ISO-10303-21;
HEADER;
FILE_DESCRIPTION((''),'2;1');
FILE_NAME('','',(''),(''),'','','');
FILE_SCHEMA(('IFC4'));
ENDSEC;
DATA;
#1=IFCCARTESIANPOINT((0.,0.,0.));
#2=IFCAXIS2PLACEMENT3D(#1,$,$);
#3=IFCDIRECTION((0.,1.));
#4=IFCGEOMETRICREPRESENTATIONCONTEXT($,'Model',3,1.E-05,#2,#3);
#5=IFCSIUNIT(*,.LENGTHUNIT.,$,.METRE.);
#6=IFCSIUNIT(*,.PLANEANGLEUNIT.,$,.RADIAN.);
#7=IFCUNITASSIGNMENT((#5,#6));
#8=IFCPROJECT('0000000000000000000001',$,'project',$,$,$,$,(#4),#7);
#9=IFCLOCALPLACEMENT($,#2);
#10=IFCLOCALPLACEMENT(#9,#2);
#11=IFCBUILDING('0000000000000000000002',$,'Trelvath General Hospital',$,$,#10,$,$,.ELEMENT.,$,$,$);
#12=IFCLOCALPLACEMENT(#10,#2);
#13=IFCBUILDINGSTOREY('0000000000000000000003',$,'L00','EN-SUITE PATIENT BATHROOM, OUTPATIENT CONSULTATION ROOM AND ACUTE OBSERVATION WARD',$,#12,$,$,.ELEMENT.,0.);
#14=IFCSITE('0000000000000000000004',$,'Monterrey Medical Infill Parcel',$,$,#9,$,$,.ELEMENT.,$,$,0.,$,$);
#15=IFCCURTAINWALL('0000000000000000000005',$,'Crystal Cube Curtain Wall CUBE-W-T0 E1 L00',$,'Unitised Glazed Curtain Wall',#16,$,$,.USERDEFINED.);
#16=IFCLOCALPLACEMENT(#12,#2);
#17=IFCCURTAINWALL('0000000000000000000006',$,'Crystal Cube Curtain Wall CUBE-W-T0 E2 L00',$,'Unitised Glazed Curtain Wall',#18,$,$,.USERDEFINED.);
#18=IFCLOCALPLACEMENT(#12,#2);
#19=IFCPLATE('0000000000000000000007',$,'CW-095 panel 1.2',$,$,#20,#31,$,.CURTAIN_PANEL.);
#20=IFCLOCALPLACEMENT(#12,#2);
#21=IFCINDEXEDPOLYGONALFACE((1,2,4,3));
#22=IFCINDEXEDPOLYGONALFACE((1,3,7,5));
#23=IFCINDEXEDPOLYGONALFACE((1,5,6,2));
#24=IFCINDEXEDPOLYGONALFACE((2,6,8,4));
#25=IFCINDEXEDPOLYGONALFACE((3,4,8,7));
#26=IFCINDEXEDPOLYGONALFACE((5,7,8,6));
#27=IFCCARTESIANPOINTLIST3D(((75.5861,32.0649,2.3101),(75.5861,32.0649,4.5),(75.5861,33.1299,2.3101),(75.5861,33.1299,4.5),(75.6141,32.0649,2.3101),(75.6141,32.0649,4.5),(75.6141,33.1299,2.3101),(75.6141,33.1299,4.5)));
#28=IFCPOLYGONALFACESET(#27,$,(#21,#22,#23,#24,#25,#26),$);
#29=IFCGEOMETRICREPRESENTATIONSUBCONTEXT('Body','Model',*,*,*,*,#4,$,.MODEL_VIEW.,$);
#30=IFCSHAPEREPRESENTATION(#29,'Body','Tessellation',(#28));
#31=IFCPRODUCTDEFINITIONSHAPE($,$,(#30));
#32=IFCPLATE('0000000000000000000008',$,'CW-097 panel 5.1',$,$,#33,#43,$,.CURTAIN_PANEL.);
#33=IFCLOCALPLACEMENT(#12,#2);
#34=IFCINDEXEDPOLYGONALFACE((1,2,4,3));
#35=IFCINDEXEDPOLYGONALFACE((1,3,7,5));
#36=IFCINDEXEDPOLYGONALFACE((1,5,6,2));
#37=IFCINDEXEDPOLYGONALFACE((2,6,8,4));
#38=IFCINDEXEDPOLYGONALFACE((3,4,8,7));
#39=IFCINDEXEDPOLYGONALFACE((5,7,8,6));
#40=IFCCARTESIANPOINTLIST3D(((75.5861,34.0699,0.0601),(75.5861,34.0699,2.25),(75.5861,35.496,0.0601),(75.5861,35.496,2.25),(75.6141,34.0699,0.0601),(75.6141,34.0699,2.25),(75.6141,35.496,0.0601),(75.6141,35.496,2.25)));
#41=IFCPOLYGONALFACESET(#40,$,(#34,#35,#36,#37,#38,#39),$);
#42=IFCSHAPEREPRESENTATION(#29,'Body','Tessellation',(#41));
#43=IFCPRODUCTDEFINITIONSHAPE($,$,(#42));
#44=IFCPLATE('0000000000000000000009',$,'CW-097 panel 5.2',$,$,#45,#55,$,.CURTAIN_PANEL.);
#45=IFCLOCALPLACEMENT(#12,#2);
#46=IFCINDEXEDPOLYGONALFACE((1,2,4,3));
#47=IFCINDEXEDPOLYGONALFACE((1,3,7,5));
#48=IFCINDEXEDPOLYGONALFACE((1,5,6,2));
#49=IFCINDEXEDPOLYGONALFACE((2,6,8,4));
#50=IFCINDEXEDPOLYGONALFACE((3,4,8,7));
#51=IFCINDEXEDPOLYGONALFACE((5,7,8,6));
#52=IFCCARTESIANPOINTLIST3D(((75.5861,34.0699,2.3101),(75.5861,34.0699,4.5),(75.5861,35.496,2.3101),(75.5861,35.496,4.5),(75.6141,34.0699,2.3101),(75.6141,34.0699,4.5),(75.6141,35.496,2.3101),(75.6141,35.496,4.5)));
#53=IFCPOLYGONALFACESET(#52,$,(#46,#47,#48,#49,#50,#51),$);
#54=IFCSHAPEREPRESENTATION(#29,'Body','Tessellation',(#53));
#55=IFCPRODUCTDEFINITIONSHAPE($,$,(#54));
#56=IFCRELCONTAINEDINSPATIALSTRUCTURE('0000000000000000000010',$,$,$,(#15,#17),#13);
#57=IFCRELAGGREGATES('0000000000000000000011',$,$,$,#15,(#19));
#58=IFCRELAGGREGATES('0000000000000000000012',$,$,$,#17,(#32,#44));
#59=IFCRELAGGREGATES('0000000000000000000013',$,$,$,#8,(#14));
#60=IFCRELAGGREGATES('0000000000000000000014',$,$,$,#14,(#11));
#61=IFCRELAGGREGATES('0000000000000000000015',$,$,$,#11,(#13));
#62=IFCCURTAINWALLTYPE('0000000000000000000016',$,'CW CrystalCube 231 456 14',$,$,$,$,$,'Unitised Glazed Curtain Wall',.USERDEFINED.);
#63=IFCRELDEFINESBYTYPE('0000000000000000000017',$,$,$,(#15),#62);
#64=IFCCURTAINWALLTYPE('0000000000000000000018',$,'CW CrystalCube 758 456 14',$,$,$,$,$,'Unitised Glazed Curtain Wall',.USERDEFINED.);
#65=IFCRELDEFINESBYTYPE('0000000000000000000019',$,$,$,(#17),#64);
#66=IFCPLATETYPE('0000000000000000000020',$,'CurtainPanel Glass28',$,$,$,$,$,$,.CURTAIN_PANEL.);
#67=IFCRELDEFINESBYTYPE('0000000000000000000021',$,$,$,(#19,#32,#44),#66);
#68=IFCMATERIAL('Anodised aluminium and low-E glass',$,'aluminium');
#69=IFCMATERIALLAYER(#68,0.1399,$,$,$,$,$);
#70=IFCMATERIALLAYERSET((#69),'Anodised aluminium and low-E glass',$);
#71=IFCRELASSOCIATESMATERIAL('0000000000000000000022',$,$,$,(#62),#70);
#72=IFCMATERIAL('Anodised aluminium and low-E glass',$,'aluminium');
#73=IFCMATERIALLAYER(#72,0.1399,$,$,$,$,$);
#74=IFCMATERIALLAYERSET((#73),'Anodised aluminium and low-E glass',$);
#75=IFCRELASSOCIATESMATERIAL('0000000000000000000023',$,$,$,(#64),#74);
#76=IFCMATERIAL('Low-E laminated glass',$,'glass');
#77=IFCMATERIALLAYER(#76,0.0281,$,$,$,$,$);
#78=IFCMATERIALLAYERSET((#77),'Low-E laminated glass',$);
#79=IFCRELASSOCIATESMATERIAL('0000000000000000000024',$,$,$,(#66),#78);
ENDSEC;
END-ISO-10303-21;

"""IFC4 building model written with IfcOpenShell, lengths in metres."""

from ifc_helpers import new_model, si_unit, direction, frame, origin, origin_2d, place, context, subcontext, project, spatial, rectangle, extrude, material, layer, layer_set, type_object, element, aggregate, save


model = new_model("IFC4")

# Units and contexts
model_context = context("Model", 3, precision=1e-05, world=origin(), true_north=direction((0.0, 1.0)))
body_context = subcontext(model_context, "Body", "Model", "MODEL_VIEW")
ifc_project = project(units=[si_unit("LENGTHUNIT", "METRE"), si_unit("PLANEANGLEUNIT", "RADIAN")], contexts=[model_context])

# Site, building, storey
site_placement = place(None, origin())
site = spatial("IfcSite", under=ifc_project, at=site_placement, Name="Monterrey Medical Infill Parcel", CompositionType="ELEMENT", RefElevation=0.0)
building_placement = place(site_placement, origin())
building = spatial("IfcBuilding", under=site, at=building_placement, Name="Trelvath General Hospital", CompositionType="ELEMENT")
storey_placement = place(building_placement, origin())
storey = spatial("IfcBuildingStorey", under=building, at=storey_placement, Name="L00", Description="EN-SUITE PATIENT BATHROOM, OUTPATIENT CONSULTATION ROOM AND ACUTE OBSERVATION WARD", CompositionType="ELEMENT", Elevation=0.0)

# Curtain walls
ifc_material_1 = material(Name="Anodised aluminium and low-E glass", Category="aluminium")
ifc_layer_1 = layer(ifc_material_1, 0.1399)
ifc_layer_set_1 = layer_set([ifc_layer_1], Name="Anodised aluminium and low-E glass")
curtain_wall_type_1 = type_object("IfcCurtainWallType", Name="CW CrystalCube 231 456 14", ElementType="Unitised Glazed Curtain Wall", PredefinedType="USERDEFINED", material=ifc_layer_set_1)
curtain_wall_1_placement = place(storey_placement, origin())
curtain_wall_1 = element("IfcCurtainWall", 1, at=curtain_wall_1_placement, inside=storey, type_object=curtain_wall_type_1, Name="Crystal Cube Curtain Wall CUBE-W-T0 E1 L00", ObjectType="Unitised Glazed Curtain Wall", PredefinedType="USERDEFINED")
ifc_material_2 = material(Name="Anodised aluminium and low-E glass", Category="aluminium")
ifc_layer_2 = layer(ifc_material_2, 0.1399)
ifc_layer_set_2 = layer_set([ifc_layer_2], Name="Anodised aluminium and low-E glass")
curtain_wall_type_2 = type_object("IfcCurtainWallType", Name="CW CrystalCube 758 456 14", ElementType="Unitised Glazed Curtain Wall", PredefinedType="USERDEFINED", material=ifc_layer_set_2)
curtain_wall_2_placement = place(storey_placement, origin())
curtain_wall_2 = element("IfcCurtainWall", 2, at=curtain_wall_2_placement, inside=storey, type_object=curtain_wall_type_2, Name="Crystal Cube Curtain Wall CUBE-W-T0 E2 L00", ObjectType="Unitised Glazed Curtain Wall", PredefinedType="USERDEFINED")

# Plates
ifc_material_3 = material(Name="Low-E laminated glass", Category="glass")
ifc_layer_3 = layer(ifc_material_3, 0.0281)
ifc_layer_set_3 = layer_set([ifc_layer_3], Name="Low-E laminated glass")
plate_type = type_object("IfcPlateType", Name="CurtainPanel Glass28", PredefinedType="CURTAIN_PANEL", material=ifc_layer_set_3)
plate_1_placement = place(storey_placement, frame((75.6001, 32.5974, 2.3101), z_axis=(0.0, 0.0, 1.0), x_axis=(0.0, -1.0, 0.0)))
plate_1 = element("IfcPlate", 3, at=plate_1_placement, type_object=plate_type, Name="CW-095 panel 1.2", PredefinedType="CURTAIN_PANEL", context=body_context, shape_type="SweptSolid", body=[
    extrude(rectangle(XDim=1.0649, YDim=0.0281, at=origin_2d()), origin(), (0.0, 0.0, 1.0), 2.1899),
])
aggregate(curtain_wall_1, [plate_1])
plate_2_placement = place(storey_placement, frame((75.6001, 34.783, 0.0601), z_axis=(0.0, 0.0, 1.0), x_axis=(0.0, -1.0, 0.0)))
plate_2 = element("IfcPlate", 4, at=plate_2_placement, type_object=plate_type, Name="CW-097 panel 5.1", PredefinedType="CURTAIN_PANEL", context=body_context, shape_type="SweptSolid", body=[
    extrude(rectangle(XDim=1.426, YDim=0.0281, at=origin_2d()), origin(), (0.0, 0.0, 1.0), 2.1899),
])
plate_3_placement = place(storey_placement, frame((75.6001, 34.783, 2.3101), z_axis=(0.0, 0.0, 1.0), x_axis=(0.0, -1.0, 0.0)))
plate_3 = element("IfcPlate", 5, at=plate_3_placement, type_object=plate_type, Name="CW-097 panel 5.2", PredefinedType="CURTAIN_PANEL", context=body_context, shape_type="SweptSolid", body=[
    extrude(rectangle(XDim=1.426, YDim=0.0281, at=origin_2d()), origin(), (0.0, 0.0, 1.0), 2.1899),
])
aggregate(curtain_wall_2, [plate_2, plate_3])

save(model, "model.ifc")
